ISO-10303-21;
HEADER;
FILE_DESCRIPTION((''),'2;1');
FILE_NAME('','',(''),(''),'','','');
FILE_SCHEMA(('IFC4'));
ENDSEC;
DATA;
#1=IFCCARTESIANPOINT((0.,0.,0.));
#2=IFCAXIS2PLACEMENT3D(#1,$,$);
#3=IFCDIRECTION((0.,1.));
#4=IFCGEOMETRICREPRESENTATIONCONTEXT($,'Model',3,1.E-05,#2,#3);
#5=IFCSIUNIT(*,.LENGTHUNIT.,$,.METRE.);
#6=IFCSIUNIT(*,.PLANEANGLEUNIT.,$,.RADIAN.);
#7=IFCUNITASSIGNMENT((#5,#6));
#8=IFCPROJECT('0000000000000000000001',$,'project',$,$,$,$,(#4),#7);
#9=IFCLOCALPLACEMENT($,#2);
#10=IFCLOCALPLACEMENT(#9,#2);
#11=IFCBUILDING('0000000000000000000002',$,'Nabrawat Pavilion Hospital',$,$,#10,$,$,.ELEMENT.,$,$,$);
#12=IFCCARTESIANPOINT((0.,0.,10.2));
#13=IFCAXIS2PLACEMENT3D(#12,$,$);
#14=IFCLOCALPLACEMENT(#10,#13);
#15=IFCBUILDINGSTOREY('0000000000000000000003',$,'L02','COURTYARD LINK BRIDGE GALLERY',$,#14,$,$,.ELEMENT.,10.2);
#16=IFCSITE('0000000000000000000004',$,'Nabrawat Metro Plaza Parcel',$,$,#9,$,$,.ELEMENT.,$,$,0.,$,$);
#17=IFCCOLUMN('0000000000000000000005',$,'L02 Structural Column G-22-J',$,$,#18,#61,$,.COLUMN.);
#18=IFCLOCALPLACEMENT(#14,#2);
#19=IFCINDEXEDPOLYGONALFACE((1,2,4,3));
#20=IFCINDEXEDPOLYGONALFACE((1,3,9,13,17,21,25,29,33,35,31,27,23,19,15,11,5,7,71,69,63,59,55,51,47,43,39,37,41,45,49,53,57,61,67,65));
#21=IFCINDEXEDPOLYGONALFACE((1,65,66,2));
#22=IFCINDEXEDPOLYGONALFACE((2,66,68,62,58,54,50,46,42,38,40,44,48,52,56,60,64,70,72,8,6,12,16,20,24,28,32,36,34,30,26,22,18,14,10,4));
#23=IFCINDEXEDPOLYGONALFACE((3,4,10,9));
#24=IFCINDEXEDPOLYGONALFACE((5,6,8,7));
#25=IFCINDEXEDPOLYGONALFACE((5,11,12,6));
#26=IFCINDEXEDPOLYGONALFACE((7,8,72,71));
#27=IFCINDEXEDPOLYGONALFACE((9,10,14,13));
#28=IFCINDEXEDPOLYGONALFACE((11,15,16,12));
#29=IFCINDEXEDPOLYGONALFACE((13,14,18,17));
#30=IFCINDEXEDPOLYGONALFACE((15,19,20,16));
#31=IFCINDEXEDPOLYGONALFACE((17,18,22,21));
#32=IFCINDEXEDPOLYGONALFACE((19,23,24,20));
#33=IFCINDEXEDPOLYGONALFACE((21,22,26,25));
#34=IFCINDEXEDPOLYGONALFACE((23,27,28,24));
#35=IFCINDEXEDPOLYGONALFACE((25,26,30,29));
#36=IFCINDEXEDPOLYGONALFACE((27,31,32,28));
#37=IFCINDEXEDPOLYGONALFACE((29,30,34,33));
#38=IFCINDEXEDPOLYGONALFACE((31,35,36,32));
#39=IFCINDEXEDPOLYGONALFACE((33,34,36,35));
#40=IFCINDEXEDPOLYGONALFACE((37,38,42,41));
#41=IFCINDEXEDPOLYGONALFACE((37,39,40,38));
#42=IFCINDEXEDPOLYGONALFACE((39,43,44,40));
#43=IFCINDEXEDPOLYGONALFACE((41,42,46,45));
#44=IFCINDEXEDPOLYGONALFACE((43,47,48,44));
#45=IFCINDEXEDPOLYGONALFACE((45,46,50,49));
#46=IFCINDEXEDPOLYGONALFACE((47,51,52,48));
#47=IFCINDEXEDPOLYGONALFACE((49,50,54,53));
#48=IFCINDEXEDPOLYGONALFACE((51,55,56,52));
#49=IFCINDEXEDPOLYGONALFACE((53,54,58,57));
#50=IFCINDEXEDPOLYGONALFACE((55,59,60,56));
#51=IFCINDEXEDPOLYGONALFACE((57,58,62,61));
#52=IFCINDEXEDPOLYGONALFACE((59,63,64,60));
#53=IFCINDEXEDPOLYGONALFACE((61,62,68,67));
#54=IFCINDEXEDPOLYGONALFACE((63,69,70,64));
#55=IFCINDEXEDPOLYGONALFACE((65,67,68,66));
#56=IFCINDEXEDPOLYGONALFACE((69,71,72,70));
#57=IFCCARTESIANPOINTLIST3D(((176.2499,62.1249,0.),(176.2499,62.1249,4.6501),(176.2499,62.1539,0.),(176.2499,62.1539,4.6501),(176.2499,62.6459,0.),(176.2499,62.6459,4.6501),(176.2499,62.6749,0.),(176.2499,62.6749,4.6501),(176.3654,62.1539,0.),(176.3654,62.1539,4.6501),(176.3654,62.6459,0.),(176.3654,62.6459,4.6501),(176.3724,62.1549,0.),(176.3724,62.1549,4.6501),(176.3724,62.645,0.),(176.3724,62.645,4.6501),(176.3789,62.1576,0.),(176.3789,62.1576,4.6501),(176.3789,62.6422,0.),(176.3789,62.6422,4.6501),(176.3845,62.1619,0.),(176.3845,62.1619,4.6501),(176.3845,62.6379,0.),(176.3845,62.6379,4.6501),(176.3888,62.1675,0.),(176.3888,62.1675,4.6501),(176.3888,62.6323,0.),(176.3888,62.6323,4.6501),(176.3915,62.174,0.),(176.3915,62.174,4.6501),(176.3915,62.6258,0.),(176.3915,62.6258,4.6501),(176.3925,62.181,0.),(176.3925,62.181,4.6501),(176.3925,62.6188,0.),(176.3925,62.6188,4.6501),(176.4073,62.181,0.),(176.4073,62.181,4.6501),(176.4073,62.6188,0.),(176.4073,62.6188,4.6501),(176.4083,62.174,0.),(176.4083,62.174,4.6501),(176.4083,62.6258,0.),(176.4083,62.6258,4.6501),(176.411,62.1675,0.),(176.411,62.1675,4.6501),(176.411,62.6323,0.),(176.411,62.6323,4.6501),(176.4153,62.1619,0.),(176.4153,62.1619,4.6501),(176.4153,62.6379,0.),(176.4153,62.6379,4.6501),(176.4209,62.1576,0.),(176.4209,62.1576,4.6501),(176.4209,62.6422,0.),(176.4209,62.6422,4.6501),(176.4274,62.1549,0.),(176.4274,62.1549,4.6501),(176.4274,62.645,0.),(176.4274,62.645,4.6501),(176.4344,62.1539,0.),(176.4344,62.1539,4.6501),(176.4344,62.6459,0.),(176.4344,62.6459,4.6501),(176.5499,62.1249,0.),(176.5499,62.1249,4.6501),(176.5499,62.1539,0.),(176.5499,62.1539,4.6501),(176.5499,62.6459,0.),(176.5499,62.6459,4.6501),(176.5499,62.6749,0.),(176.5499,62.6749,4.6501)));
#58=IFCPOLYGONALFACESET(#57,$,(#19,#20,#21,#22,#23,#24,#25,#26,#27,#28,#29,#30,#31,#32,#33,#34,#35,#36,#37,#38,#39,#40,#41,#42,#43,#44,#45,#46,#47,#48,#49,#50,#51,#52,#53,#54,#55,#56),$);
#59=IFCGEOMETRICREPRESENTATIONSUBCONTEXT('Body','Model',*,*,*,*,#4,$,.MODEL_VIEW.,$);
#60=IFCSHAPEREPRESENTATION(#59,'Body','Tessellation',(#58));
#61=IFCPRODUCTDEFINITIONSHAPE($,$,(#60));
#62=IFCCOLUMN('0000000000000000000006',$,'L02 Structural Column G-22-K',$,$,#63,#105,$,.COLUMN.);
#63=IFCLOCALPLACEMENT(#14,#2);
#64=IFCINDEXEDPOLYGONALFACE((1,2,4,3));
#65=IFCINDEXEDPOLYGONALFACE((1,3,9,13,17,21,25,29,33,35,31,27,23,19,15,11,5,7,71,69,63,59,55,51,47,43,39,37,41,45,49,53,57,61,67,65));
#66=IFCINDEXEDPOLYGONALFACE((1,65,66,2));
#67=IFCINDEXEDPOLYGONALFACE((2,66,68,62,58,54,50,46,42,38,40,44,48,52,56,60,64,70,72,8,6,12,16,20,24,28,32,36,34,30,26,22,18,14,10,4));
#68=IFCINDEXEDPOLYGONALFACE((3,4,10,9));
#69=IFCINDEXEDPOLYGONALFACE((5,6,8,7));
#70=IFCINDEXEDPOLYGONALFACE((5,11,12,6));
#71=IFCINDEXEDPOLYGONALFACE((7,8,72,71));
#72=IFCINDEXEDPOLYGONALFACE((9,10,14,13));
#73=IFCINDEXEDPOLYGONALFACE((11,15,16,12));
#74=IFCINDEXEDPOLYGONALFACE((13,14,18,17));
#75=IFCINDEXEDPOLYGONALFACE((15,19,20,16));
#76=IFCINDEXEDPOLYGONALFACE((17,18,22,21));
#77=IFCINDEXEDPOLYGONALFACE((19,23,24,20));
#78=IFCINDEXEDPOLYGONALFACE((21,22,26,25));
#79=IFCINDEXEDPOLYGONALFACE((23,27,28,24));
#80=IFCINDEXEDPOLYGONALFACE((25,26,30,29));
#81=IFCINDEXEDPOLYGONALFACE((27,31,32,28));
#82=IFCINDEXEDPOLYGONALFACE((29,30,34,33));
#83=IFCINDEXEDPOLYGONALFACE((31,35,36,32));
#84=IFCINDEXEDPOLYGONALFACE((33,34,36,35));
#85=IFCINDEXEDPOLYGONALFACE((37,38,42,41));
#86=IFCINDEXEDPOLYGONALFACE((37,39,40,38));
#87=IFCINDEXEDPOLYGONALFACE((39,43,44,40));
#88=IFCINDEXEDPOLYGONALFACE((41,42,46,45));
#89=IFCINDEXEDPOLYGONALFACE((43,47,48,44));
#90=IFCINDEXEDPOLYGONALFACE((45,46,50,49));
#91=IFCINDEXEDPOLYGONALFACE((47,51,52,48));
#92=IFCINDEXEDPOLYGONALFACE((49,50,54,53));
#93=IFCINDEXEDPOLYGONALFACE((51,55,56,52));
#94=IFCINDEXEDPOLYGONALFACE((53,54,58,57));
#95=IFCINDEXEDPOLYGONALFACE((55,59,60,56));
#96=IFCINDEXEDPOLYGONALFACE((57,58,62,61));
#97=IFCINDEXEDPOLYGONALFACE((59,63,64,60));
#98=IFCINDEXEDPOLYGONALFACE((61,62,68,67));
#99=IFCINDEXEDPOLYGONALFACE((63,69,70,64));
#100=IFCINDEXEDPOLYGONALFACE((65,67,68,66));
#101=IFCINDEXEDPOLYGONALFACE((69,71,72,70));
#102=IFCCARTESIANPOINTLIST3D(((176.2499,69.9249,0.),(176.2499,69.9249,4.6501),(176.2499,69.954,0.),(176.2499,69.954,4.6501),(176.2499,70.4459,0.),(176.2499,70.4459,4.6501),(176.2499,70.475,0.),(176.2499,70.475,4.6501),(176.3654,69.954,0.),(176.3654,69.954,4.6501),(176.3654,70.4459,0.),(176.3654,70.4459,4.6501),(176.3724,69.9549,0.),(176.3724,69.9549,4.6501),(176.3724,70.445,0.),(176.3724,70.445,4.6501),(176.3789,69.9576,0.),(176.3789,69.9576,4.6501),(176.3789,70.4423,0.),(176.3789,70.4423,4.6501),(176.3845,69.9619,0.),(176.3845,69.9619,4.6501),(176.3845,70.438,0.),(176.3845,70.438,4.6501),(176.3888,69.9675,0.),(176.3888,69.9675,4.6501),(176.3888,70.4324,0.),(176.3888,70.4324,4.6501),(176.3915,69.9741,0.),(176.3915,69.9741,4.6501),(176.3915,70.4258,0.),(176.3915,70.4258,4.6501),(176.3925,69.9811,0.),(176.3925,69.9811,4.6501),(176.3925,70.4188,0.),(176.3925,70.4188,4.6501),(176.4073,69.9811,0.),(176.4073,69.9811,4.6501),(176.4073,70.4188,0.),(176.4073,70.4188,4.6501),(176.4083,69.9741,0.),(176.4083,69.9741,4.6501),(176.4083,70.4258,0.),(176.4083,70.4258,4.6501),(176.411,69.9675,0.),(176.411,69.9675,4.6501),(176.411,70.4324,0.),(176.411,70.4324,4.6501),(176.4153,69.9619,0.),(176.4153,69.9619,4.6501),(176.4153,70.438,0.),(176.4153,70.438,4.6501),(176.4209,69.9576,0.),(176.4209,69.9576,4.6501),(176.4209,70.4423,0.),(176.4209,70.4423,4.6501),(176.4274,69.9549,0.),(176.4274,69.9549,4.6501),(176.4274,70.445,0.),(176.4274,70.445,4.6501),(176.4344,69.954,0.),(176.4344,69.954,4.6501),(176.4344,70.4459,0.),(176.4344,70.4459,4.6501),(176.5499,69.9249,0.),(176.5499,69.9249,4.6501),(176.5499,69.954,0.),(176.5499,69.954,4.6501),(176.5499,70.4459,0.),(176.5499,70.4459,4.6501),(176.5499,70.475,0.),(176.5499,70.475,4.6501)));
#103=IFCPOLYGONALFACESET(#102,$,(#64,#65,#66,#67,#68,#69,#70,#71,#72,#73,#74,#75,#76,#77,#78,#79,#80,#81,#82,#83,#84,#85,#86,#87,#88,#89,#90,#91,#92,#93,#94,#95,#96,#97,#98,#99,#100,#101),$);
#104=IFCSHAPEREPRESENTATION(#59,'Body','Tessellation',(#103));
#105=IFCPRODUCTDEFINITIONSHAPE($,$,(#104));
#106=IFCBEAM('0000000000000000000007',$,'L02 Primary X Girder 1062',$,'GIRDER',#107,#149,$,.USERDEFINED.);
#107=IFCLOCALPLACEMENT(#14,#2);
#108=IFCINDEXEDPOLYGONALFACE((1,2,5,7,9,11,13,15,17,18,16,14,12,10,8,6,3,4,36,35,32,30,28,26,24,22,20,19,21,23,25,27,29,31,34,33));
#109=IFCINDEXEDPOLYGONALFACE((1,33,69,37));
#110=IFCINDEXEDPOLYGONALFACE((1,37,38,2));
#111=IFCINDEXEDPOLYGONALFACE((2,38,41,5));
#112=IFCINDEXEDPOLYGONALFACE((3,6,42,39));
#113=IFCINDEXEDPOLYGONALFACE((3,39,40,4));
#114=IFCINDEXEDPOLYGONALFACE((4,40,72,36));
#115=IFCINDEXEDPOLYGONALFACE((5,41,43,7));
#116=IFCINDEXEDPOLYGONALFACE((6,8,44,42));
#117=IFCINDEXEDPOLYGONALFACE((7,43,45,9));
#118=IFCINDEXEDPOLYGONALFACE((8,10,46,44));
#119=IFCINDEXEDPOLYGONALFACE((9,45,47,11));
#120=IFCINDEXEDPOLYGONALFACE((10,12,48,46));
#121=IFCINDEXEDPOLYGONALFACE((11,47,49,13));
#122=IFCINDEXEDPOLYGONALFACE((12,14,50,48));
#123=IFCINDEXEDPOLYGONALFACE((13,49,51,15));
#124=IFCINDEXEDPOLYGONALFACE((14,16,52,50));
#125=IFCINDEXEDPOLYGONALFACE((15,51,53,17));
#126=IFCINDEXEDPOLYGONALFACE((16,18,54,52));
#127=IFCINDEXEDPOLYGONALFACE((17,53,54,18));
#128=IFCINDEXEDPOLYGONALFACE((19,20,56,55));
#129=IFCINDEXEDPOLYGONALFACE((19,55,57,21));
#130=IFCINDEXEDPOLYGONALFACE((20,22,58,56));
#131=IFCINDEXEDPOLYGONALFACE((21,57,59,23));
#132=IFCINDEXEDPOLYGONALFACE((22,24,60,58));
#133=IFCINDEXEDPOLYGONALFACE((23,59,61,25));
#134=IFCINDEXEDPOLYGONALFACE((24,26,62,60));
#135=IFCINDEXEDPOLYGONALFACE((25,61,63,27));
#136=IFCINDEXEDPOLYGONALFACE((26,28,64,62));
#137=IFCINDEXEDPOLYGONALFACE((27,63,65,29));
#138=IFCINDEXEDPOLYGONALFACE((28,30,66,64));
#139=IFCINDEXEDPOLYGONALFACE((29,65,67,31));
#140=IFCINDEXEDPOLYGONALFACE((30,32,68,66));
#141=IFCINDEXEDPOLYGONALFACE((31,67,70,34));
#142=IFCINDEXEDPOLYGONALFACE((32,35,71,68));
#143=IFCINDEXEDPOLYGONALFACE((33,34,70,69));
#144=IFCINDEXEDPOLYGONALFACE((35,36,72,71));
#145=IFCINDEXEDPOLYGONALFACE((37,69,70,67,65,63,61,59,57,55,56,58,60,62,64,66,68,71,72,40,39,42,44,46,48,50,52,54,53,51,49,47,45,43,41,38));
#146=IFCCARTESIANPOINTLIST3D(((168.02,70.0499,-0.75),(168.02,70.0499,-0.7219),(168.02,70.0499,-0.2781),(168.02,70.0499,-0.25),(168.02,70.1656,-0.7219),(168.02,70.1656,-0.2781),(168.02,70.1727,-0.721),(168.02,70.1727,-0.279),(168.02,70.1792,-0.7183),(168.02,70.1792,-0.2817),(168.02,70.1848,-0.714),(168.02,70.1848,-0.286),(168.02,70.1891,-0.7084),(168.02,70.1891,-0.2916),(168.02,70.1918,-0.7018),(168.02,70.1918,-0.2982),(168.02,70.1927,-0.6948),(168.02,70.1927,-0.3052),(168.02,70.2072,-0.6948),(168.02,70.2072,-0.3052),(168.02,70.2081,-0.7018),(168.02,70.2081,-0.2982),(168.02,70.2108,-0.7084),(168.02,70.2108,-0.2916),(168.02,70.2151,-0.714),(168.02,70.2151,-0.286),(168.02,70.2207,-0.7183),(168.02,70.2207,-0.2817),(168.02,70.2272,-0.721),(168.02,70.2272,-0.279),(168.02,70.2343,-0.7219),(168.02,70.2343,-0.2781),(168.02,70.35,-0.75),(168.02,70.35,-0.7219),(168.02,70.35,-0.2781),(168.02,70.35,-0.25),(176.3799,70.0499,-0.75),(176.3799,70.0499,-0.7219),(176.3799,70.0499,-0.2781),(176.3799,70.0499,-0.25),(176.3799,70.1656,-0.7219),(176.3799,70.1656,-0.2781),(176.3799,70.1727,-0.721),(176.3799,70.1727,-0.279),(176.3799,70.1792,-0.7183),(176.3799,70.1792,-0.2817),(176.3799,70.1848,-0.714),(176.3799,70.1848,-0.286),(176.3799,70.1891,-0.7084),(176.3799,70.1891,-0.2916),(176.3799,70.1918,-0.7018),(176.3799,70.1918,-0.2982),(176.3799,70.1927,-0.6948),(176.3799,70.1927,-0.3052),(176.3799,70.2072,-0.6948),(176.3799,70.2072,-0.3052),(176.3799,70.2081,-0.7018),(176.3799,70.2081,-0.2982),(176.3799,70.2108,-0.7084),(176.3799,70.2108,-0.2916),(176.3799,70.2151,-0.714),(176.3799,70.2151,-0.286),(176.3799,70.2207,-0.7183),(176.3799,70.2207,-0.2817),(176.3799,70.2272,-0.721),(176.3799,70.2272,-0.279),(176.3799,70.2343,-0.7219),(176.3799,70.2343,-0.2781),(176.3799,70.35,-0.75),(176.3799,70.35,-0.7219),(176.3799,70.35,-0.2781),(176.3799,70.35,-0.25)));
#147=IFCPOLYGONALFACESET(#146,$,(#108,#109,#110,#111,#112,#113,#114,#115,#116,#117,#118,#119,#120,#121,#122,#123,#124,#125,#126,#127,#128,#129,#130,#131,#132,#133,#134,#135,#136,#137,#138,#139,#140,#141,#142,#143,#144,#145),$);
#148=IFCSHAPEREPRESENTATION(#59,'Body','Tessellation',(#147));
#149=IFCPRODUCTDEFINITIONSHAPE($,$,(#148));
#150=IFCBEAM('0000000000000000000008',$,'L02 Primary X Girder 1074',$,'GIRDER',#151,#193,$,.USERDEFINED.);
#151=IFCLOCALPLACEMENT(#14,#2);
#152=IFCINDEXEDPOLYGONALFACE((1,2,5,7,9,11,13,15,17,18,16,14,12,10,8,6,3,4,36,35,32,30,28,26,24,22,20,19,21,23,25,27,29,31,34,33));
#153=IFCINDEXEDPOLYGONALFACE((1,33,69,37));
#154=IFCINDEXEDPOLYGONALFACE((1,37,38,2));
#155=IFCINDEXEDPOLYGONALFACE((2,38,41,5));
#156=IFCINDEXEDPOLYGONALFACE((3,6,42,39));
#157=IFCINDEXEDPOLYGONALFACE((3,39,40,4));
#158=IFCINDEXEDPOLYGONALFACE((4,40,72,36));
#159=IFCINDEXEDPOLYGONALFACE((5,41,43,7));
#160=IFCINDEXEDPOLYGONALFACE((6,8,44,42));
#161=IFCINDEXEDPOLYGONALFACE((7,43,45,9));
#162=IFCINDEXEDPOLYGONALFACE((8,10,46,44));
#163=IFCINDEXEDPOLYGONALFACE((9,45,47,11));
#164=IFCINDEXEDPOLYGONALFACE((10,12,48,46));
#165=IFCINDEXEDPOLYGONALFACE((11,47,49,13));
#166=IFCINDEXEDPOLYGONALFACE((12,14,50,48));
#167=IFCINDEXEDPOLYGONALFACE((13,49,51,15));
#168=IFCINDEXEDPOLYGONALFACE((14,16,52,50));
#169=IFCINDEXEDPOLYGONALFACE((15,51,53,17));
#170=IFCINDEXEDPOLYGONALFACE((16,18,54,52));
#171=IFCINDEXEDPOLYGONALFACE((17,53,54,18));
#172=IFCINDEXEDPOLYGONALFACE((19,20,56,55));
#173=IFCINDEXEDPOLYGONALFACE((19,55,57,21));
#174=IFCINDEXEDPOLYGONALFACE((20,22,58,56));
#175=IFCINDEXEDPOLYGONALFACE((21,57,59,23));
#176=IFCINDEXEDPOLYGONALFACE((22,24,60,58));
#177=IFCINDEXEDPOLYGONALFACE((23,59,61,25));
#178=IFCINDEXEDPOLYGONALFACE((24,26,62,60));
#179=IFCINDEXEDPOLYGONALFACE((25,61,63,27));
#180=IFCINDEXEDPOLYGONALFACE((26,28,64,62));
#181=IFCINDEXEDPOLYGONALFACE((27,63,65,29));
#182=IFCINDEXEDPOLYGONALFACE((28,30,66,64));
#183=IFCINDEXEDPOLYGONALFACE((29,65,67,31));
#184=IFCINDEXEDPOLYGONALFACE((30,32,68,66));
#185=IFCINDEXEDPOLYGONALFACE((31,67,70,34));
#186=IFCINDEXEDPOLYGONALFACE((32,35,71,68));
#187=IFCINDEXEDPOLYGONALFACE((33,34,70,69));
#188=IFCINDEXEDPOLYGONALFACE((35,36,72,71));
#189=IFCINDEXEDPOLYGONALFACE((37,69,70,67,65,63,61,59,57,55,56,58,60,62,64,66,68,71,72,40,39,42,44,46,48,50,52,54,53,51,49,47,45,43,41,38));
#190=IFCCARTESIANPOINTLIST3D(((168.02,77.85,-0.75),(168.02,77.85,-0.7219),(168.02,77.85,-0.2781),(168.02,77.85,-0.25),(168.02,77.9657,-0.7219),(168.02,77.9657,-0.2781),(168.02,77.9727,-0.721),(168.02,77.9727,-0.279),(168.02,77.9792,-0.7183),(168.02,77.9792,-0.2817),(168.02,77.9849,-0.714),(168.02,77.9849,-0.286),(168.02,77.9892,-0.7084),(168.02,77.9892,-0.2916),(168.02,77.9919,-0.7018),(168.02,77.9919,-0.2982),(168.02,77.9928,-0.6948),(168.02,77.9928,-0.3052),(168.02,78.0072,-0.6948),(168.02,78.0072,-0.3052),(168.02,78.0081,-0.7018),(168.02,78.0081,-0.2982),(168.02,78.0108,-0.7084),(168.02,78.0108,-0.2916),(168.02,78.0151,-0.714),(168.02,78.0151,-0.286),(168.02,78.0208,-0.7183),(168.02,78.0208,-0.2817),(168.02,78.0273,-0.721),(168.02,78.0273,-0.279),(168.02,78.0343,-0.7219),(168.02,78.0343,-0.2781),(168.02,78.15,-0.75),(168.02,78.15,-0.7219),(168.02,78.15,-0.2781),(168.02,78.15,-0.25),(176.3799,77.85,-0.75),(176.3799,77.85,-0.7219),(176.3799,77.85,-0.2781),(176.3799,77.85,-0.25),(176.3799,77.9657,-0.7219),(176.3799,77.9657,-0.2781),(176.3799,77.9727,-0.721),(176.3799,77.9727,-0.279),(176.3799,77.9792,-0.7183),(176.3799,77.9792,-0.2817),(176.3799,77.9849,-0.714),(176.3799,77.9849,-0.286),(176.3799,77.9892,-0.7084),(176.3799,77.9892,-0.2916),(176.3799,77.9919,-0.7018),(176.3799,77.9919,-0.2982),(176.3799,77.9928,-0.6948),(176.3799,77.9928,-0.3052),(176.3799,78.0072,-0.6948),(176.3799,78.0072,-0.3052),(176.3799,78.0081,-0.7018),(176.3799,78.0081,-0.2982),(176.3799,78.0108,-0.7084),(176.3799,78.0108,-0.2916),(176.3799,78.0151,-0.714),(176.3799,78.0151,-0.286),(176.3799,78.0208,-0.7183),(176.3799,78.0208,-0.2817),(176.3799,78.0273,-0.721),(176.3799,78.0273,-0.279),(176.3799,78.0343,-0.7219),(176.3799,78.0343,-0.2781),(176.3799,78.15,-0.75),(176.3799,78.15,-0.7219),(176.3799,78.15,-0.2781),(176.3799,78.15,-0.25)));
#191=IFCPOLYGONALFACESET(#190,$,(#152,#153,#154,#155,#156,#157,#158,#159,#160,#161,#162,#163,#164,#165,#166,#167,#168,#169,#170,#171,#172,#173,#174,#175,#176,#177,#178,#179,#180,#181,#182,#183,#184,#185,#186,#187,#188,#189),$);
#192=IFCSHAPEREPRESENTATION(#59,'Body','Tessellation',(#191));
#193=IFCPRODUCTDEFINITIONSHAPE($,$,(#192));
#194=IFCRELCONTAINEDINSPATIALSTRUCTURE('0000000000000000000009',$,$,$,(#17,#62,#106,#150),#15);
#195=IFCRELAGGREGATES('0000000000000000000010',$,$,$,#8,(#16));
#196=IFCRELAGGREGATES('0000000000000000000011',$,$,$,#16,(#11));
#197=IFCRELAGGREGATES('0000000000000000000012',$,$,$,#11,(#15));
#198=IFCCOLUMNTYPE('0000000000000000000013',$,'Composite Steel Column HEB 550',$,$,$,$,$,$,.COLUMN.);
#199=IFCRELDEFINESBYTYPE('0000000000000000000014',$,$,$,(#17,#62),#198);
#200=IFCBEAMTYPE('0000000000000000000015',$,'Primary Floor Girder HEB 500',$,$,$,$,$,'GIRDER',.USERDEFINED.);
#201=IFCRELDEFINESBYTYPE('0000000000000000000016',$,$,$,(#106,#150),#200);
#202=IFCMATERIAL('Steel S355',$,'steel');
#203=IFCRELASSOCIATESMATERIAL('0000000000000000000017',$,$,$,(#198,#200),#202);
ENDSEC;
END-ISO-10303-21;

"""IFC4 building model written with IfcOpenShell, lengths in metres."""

from ifc_helpers import new_model, si_unit, direction, frame, origin, origin_2d, place, context, subcontext, project, spatial, i_section, extrude, material, material_profile, profile_set, type_object, element, save


model = new_model("IFC4")

# Units and contexts
model_context = context("Model", 3, precision=1e-05, world=origin(), true_north=direction((0.0, 1.0)))
body_context = subcontext(model_context, "Body", "Model", "MODEL_VIEW")
ifc_project = project(units=[si_unit("LENGTHUNIT", "METRE"), si_unit("PLANEANGLEUNIT", "RADIAN")], contexts=[model_context])

# Site, building, storey
site_placement = place(None, origin())
site = spatial("IfcSite", under=ifc_project, at=site_placement, Name="Nabrawat Metro Plaza Parcel", CompositionType="ELEMENT", RefElevation=0.0)
building_placement = place(site_placement, origin())
building = spatial("IfcBuilding", under=site, at=building_placement, Name="Nabrawat Pavilion Hospital", CompositionType="ELEMENT")
storey_placement = place(building_placement, frame((0.0, 0.0, 10.2)))
storey = spatial("IfcBuildingStorey", under=building, at=storey_placement, Name="L02", Description="COURTYARD LINK BRIDGE GALLERY", CompositionType="ELEMENT", Elevation=10.2)

# Columns
ifc_material_1 = material(Name="Steel S355", Category="steel")
ifc_material_profile_1 = material_profile(ifc_material_1, i_section(OverallWidth=0.3, OverallDepth=0.55, WebThickness=0.0149, FlangeThickness=0.0291, FilletRadius=0.0271, at=origin_2d()), Name="HEB 550")
ifc_profile_set_1 = profile_set([ifc_material_profile_1], Name="Steel S355")
column_type = type_object("IfcColumnType", Name="Composite Steel Column HEB 550", PredefinedType="COLUMN", material=ifc_profile_set_1)
for number, where, z_axis, x_axis, name in (
    (1, (176.3999, 62.3999, 0.0), (0.0, 0.0, 1.0), (1.0, 0.0, 0.0), "L02 Structural Column G-22-J"),
    (2, (176.3999, 70.2, 0.0), (0.0, 0.0, 1.0), (1.0, 0.0, 0.0), "L02 Structural Column G-22-K"),
):
    element("IfcColumn", number, at=place(storey_placement, frame(where, z_axis=z_axis, x_axis=x_axis)), inside=storey, type_object=column_type, Name=name, PredefinedType="COLUMN", context=body_context, shape_type="SweptSolid", body=[
        extrude(i_section(OverallWidth=0.3, OverallDepth=0.55, WebThickness=0.0149, FlangeThickness=0.0291, FilletRadius=0.0271, at=origin_2d()), origin(), (0.0, 0.0, 1.0), 4.6501),
    ])

# Beams
ifc_material_profile_2 = material_profile(ifc_material_1, i_section(OverallWidth=0.3, OverallDepth=0.5, WebThickness=0.0144, FlangeThickness=0.0281, FilletRadius=0.0271, at=origin_2d()), Name="HEB 500")
ifc_profile_set_2 = profile_set([ifc_material_profile_2], Name="Steel S355")
beam_type_1 = type_object("IfcBeamType", Name="Primary Floor Girder HEB 500", ElementType="GIRDER", PredefinedType="USERDEFINED", material=ifc_profile_set_2)
for number, where, z_axis, x_axis, name in (
    (3, (168.02, 70.2, -0.5), (1.0, 0.0, 0.0), (0.0, 1.0, 0.0), "L02 Primary X Girder 1062"),
    (4, (168.02, 78.0, -0.5), (1.0, 0.0, 0.0), (0.0, 1.0, 0.0), "L02 Primary X Girder 1074"),
):
    element("IfcBeam", number, at=place(storey_placement, frame(where, z_axis=z_axis, x_axis=x_axis)), inside=storey, type_object=beam_type_1, Name=name, ObjectType="GIRDER", PredefinedType="USERDEFINED", context=body_context, shape_type="SweptSolid", body=[
        extrude(i_section(OverallWidth=0.3, OverallDepth=0.5, WebThickness=0.0144, FlangeThickness=0.0281, FilletRadius=0.0271, at=origin_2d()), origin(), (0.0, 0.0, 1.0), 8.3599),
    ])

save(model, "model.ifc")
